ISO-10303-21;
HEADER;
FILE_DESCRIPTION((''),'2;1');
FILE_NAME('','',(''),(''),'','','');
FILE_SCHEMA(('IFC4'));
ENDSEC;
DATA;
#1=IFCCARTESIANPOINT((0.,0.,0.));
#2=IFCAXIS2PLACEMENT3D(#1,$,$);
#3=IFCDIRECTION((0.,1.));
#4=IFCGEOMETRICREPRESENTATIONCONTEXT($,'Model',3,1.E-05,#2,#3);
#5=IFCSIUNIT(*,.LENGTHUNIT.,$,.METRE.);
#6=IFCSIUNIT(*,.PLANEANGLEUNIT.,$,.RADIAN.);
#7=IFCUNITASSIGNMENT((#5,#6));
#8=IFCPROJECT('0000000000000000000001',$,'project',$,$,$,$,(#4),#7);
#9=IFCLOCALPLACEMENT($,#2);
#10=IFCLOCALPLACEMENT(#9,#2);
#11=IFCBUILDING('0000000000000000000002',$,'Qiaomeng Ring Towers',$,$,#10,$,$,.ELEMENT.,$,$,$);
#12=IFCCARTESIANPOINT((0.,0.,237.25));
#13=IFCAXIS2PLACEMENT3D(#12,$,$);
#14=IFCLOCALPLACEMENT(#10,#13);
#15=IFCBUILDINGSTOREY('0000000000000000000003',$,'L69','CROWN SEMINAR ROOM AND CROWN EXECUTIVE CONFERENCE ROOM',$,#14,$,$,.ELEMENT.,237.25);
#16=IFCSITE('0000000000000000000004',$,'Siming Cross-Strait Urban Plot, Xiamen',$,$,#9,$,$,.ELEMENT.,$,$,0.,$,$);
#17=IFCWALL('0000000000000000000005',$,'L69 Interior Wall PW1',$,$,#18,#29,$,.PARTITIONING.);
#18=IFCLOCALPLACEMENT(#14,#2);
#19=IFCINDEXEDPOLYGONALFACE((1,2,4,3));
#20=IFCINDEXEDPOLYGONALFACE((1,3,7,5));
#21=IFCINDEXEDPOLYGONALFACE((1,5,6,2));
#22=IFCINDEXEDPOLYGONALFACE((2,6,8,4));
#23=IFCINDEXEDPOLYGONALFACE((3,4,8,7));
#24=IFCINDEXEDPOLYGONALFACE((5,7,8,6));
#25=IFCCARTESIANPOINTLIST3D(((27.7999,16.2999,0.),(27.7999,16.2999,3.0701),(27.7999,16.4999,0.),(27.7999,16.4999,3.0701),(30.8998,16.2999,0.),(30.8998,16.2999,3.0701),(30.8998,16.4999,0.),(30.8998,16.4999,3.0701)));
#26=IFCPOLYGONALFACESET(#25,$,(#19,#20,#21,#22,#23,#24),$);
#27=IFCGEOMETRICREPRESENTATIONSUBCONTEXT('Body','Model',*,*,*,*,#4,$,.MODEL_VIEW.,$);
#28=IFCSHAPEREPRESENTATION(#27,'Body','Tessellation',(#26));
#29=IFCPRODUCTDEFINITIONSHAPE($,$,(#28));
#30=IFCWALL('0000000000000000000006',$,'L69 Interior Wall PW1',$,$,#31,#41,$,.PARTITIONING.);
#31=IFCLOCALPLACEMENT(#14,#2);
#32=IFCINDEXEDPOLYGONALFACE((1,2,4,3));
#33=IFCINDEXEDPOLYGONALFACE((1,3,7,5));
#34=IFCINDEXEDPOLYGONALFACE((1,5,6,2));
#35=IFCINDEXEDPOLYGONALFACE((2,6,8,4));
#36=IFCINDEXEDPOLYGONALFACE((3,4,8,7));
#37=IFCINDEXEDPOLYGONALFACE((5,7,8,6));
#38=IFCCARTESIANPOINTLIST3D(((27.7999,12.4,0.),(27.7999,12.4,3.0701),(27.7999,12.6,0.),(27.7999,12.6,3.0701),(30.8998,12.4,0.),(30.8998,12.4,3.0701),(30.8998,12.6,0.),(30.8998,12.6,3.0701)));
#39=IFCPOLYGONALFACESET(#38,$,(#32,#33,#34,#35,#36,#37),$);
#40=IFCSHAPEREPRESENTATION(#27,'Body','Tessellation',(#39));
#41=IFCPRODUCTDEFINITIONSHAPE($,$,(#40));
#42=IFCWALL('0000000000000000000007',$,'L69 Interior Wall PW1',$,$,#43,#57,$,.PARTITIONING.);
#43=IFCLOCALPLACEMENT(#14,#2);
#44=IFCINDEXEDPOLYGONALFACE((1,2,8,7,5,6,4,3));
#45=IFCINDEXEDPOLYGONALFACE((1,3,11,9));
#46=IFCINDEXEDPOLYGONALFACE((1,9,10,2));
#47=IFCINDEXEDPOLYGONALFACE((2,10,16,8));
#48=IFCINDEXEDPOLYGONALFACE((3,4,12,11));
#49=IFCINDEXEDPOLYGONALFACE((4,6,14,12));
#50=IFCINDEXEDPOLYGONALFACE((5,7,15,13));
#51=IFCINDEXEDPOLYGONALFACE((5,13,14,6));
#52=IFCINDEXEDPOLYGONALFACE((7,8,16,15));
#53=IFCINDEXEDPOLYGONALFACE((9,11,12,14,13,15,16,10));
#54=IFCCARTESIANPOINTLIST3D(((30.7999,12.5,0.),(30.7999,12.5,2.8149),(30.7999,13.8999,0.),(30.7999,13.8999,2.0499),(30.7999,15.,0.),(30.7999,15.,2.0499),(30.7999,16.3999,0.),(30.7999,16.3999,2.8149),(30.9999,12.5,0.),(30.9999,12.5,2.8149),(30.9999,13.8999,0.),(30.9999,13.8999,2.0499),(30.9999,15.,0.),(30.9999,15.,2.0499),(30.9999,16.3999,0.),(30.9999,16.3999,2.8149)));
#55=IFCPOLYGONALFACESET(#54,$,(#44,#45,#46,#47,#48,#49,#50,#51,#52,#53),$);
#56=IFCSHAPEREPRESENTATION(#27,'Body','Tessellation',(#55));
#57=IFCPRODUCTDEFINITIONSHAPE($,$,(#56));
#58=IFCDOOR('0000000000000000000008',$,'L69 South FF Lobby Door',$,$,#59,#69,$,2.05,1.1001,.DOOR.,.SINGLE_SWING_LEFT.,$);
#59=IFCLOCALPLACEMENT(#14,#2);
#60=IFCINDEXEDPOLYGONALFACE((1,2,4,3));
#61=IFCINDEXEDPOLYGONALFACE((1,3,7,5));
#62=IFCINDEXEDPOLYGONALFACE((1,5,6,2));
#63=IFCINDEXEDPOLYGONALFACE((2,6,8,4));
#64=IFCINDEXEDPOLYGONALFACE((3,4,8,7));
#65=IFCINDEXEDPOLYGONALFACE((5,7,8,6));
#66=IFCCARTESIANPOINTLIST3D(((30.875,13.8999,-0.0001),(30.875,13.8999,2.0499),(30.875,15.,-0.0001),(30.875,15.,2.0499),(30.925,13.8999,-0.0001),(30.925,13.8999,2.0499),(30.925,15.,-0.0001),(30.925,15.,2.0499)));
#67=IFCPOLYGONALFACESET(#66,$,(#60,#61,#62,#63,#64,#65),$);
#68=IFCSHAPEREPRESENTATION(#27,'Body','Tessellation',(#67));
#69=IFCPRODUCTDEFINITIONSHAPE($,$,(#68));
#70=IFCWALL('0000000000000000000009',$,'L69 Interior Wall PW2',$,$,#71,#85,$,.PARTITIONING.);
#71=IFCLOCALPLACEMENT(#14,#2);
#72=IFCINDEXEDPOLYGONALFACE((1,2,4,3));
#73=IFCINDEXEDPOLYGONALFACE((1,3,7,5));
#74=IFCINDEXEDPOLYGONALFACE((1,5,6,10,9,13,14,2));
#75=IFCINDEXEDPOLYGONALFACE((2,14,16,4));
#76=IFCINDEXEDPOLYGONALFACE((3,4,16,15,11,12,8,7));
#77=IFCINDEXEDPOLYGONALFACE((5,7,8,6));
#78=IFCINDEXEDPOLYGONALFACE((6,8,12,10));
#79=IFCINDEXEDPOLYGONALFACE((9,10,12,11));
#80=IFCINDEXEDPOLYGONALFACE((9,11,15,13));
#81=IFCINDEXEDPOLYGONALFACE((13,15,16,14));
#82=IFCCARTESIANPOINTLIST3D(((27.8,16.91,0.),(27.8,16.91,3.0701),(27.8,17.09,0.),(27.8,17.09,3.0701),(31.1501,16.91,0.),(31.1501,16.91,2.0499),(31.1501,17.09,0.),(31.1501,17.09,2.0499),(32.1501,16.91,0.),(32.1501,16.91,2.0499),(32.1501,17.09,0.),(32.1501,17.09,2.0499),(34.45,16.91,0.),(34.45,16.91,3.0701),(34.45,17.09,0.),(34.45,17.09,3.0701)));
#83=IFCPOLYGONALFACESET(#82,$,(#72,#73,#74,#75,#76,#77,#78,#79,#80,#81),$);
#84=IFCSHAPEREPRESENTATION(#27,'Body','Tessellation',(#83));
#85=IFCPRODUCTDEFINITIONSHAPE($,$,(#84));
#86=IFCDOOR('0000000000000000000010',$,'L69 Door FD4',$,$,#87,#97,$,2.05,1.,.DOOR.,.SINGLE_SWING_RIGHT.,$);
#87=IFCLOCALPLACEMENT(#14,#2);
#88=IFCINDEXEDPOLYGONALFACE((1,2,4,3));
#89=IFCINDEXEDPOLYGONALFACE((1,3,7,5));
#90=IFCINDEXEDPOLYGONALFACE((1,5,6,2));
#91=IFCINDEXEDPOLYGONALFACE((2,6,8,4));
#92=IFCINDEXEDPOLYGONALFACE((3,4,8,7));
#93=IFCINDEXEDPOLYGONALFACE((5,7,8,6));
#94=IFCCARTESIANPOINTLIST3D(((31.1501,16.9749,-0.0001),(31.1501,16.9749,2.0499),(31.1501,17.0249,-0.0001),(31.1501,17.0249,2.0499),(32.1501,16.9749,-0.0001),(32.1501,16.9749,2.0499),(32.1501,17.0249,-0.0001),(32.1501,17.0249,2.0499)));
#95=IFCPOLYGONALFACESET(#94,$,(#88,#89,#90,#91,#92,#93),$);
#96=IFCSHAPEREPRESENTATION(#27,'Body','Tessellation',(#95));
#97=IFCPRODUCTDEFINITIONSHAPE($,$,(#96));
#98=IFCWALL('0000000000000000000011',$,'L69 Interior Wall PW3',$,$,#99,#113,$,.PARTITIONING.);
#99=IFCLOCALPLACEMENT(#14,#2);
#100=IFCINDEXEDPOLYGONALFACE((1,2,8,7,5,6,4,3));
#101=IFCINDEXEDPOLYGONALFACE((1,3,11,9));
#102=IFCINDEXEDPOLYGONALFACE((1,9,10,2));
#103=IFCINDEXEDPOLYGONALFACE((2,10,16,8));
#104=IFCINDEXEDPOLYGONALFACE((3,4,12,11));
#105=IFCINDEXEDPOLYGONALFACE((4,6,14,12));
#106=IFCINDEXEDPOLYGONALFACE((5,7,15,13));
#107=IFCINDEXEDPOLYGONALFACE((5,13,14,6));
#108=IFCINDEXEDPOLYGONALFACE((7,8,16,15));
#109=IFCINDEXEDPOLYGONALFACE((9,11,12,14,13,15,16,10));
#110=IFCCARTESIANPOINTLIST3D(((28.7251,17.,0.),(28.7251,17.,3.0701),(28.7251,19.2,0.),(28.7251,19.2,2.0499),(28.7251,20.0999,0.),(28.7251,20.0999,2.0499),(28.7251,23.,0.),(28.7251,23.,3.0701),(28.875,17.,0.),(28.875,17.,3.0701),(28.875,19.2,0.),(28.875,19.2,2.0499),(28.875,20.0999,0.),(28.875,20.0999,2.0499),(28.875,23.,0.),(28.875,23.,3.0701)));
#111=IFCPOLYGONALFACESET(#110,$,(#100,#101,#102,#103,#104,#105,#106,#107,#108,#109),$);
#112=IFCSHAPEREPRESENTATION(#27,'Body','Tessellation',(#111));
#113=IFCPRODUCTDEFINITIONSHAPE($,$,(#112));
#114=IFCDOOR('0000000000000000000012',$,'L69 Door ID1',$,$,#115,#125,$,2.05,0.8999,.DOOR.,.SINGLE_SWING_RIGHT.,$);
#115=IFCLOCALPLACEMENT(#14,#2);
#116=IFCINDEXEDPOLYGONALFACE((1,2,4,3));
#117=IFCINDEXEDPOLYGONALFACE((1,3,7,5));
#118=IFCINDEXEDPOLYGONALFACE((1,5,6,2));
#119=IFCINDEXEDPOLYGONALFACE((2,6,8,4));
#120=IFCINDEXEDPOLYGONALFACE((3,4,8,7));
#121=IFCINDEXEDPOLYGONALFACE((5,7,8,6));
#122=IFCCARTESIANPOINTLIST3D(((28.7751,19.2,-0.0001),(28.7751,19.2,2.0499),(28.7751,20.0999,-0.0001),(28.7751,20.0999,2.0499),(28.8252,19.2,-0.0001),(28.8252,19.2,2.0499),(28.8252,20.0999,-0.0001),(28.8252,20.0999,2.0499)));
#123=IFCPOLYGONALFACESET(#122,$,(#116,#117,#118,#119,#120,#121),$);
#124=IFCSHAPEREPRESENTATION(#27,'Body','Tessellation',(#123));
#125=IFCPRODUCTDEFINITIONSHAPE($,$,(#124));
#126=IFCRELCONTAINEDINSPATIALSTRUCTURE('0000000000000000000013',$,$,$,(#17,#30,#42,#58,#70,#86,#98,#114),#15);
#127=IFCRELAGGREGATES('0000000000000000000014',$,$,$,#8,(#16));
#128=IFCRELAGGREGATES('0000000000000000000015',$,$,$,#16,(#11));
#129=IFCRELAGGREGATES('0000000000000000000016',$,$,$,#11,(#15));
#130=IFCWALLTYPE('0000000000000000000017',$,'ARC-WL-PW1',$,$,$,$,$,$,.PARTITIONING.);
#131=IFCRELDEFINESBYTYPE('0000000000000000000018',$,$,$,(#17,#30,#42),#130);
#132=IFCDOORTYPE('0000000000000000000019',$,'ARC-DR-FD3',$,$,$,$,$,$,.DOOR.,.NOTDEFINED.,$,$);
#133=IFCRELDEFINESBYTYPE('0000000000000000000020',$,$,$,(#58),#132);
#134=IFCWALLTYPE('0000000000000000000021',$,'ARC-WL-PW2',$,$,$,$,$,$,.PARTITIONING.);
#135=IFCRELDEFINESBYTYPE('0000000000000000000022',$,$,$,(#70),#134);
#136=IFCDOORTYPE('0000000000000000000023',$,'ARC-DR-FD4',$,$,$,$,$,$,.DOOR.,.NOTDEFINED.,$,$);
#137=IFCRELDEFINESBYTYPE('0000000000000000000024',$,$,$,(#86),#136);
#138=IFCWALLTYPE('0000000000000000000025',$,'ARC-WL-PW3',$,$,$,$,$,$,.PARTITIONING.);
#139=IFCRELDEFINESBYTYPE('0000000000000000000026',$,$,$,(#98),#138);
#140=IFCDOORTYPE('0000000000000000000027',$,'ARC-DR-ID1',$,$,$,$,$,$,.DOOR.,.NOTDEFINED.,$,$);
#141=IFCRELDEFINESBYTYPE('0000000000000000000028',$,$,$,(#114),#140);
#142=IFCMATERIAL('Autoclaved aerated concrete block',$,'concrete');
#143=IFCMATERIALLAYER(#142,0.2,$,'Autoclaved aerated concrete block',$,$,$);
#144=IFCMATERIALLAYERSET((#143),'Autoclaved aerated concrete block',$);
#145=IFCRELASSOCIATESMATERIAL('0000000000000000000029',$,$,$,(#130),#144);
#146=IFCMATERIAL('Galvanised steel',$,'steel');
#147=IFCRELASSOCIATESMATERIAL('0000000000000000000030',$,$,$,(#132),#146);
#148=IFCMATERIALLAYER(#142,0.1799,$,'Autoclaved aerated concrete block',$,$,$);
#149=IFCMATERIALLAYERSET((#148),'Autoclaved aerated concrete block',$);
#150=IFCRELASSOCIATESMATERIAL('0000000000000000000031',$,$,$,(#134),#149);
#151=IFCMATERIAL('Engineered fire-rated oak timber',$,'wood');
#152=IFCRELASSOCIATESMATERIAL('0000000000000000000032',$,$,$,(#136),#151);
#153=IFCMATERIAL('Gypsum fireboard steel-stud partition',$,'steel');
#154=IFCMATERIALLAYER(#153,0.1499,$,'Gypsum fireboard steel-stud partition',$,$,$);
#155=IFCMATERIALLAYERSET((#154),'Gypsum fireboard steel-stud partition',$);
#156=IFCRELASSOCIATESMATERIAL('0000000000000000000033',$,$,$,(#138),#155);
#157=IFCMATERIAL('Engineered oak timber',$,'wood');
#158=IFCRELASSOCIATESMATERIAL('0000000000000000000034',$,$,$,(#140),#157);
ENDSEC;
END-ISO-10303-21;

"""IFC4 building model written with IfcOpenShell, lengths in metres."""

from ifc_helpers import new_model, si_unit, direction, frame, frame_2d, origin, place, context, subcontext, project, spatial, rectangle, extrude, source, transform, mapped, material, layer, layer_set, type_object, element, fill, save


model = new_model("IFC4")

# Units and contexts
model_context = context("Model", 3, precision=1e-05, world=origin(), true_north=direction((0.0, 1.0)))
body_context = subcontext(model_context, "Body", "Model", "MODEL_VIEW")
ifc_project = project(units=[si_unit("LENGTHUNIT", "METRE"), si_unit("PLANEANGLEUNIT", "RADIAN")], contexts=[model_context])

# Site, building, storey
site_placement = place(None, origin())
site = spatial("IfcSite", under=ifc_project, at=site_placement, Name="Siming Cross-Strait Urban Plot, Xiamen", CompositionType="ELEMENT", RefElevation=0.0)
building_placement = place(site_placement, origin())
building = spatial("IfcBuilding", under=site, at=building_placement, Name="Qiaomeng Ring Towers", CompositionType="ELEMENT")
storey_placement = place(building_placement, frame((0.0, 0.0, 237.25)))
storey = spatial("IfcBuildingStorey", under=building, at=storey_placement, Name="L69", Description="CROWN SEMINAR ROOM AND CROWN EXECUTIVE CONFERENCE ROOM", CompositionType="ELEMENT", Elevation=237.25)

# Walls
ifc_material_1 = material(Name="Autoclaved aerated concrete block", Category="concrete")
ifc_layer_1 = layer(ifc_material_1, 0.2, Name="Autoclaved aerated concrete block")
ifc_layer_set_1 = layer_set([ifc_layer_1], Name="Autoclaved aerated concrete block")
wall_type_1 = type_object("IfcWallType", Name="ARC-WL-PW1", PredefinedType="PARTITIONING", material=ifc_layer_set_1)
for number, where, z_axis, x_axis, name in (
    (1, (27.8, 16.3999, 0.0), (0.0, 0.0, 1.0), (1.0, 0.0, 0.0), "L69 Interior Wall PW1"),
    (2, (27.8, 12.5, 0.0), (0.0, 0.0, 1.0), (1.0, 0.0, 0.0), "L69 Interior Wall PW1"),
):
    element("IfcWall", number, at=place(storey_placement, frame(where, z_axis=z_axis, x_axis=x_axis)), inside=storey, type_object=wall_type_1, Name=name, PredefinedType="PARTITIONING", context=body_context, shape_type="SweptSolid", body=[
        extrude(rectangle(XDim=3.0999, YDim=0.2, at=frame_2d((1.5498, 0.0))), origin(), (0.0, 0.0, 1.0), 3.0701),
    ])

# Walls, openings, doors
wall_1_placement = place(storey_placement, frame((30.8999, 12.5, 0.0), z_axis=(0.0, 0.0, 1.0), x_axis=(0.0, 1.0, 0.0)))
wall_1 = element("IfcWall", 3, at=wall_1_placement, inside=storey, type_object=wall_type_1, Name="L69 Interior Wall PW1", PredefinedType="PARTITIONING", context=body_context, shape_type="SweptSolid", body=[
    extrude(rectangle(XDim=3.8999, YDim=0.2, at=frame_2d((1.95, 0.0))), origin(), (0.0, 0.0, 1.0), 2.8149),
])
opening_1_placement = place(wall_1_placement, frame((1.3999, 0.0, 0.0)))
opening_1 = element("IfcOpeningElement", 4, at=opening_1_placement, cuts=wall_1, PredefinedType="OPENING", context=body_context, shape_type="SweptSolid", body=[
    extrude(rectangle(XDim=1.1001, YDim=2.05, at=frame_2d((0.55, 1.0249))), frame((0.0, 0.1099, 0.0), z_axis=(0.0, -1.0, 0.0), x_axis=(1.0, 0.0, 0.0)), (0.0, 0.0, 1.0), 0.22),
])
ifc_material_2 = material(Name="Galvanised steel", Category="steel")
door_type_1 = type_object("IfcDoorType", Name="ARC-DR-FD3", OperationType="NOTDEFINED", PredefinedType="DOOR", material=ifc_material_2)
shared_shape_1 = source(origin(), body_context, "Body", "SweptSolid", [
    extrude(rectangle(XDim=1.1001, YDim=2.05, at=frame_2d((0.55, 1.0249))), frame((0.0, 0.0249, 0.0), z_axis=(0.0, -1.0, 0.0), x_axis=(1.0, 0.0, 0.0)), (0.0, 0.0, 1.0), 0.05),
])
door_1_placement = place(opening_1_placement, origin())
door_1 = element("IfcDoor", 5, at=door_1_placement, inside=storey, type_object=door_type_1, Name="L69 South FF Lobby Door", OperationType="SINGLE_SWING_LEFT", OverallHeight=2.05, OverallWidth=1.1001, PredefinedType="DOOR", context=body_context, shape_type="MappedRepresentation", body=[
    mapped(shared_shape_1, transform((0.0, 0.0, 0.0), x_axis=(1.0, 0.0, 0.0), y_axis=(0.0, 1.0, 0.0), z_axis=(0.0, 0.0, 1.0), scale=1.0)),
])
fill(opening_1, door_1)
ifc_layer_2 = layer(ifc_material_1, 0.1799, Name="Autoclaved aerated concrete block")
ifc_layer_set_2 = layer_set([ifc_layer_2], Name="Autoclaved aerated concrete block")
wall_type_2 = type_object("IfcWallType", Name="ARC-WL-PW2", PredefinedType="PARTITIONING", material=ifc_layer_set_2)
wall_2_placement = place(storey_placement, frame((27.8, 17.0, 0.0), z_axis=(0.0, 0.0, 1.0), x_axis=(1.0, 0.0, 0.0)))
wall_2 = element("IfcWall", 6, at=wall_2_placement, inside=storey, type_object=wall_type_2, Name="L69 Interior Wall PW2", PredefinedType="PARTITIONING", context=body_context, shape_type="SweptSolid", body=[
    extrude(rectangle(XDim=6.6499, YDim=0.1799, at=frame_2d((3.325, 0.0))), origin(), (0.0, 0.0, 1.0), 3.0701),
])
opening_2_placement = place(wall_2_placement, frame((3.3501, 0.0, 0.0)))
opening_2 = element("IfcOpeningElement", 7, at=opening_2_placement, cuts=wall_2, PredefinedType="OPENING", context=body_context, shape_type="SweptSolid", body=[
    extrude(rectangle(XDim=1.0, YDim=2.05, at=frame_2d((0.5, 1.0249))), frame((0.0, 0.0999, 0.0), z_axis=(0.0, -1.0, 0.0), x_axis=(1.0, 0.0, 0.0)), (0.0, 0.0, 1.0), 0.2),
])
ifc_material_3 = material(Name="Engineered fire-rated oak timber", Category="wood")
door_type_2 = type_object("IfcDoorType", Name="ARC-DR-FD4", OperationType="NOTDEFINED", PredefinedType="DOOR", material=ifc_material_3)
shared_shape_2 = source(origin(), body_context, "Body", "SweptSolid", [
    extrude(rectangle(XDim=1.0, YDim=2.05, at=frame_2d((0.5, 1.0249))), frame((0.0, 0.0249, 0.0), z_axis=(0.0, -1.0, 0.0), x_axis=(1.0, 0.0, 0.0)), (0.0, 0.0, 1.0), 0.05),
])
door_2_placement = place(opening_2_placement, origin())
door_2 = element("IfcDoor", 8, at=door_2_placement, inside=storey, type_object=door_type_2, Name="L69 Door FD4", OperationType="SINGLE_SWING_RIGHT", OverallHeight=2.05, OverallWidth=1.0, PredefinedType="DOOR", context=body_context, shape_type="MappedRepresentation", body=[
    mapped(shared_shape_2, transform((0.0, 0.0, 0.0), x_axis=(1.0, 0.0, 0.0), y_axis=(0.0, 1.0, 0.0), z_axis=(0.0, 0.0, 1.0), scale=1.0)),
])
fill(opening_2, door_2)
ifc_material_4 = material(Name="Gypsum fireboard steel-stud partition", Category="steel")
ifc_layer_3 = layer(ifc_material_4, 0.1499, Name="Gypsum fireboard steel-stud partition")
ifc_layer_set_3 = layer_set([ifc_layer_3], Name="Gypsum fireboard steel-stud partition")
wall_type_3 = type_object("IfcWallType", Name="ARC-WL-PW3", PredefinedType="PARTITIONING", material=ifc_layer_set_3)
wall_3_placement = place(storey_placement, frame((28.8, 17.0, 0.0), z_axis=(0.0, 0.0, 1.0), x_axis=(0.0, 1.0, 0.0)))
wall_3 = element("IfcWall", 9, at=wall_3_placement, inside=storey, type_object=wall_type_3, Name="L69 Interior Wall PW3", PredefinedType="PARTITIONING", context=body_context, shape_type="SweptSolid", body=[
    extrude(rectangle(XDim=6.0, YDim=0.1499, at=frame_2d((3.0, 0.0))), origin(), (0.0, 0.0, 1.0), 3.0701),
])
opening_3_placement = place(wall_3_placement, frame((2.2, 0.0, 0.0)))
opening_3 = element("IfcOpeningElement", 10, at=opening_3_placement, cuts=wall_3, PredefinedType="OPENING", context=body_context, shape_type="SweptSolid", body=[
    extrude(rectangle(XDim=0.8999, YDim=2.05, at=frame_2d((0.45, 1.0249))), frame((0.0, 0.085, 0.0), z_axis=(0.0, -1.0, 0.0), x_axis=(1.0, 0.0, 0.0)), (0.0, 0.0, 1.0), 0.1699),
])
ifc_material_5 = material(Name="Engineered oak timber", Category="wood")
door_type_3 = type_object("IfcDoorType", Name="ARC-DR-ID1", OperationType="NOTDEFINED", PredefinedType="DOOR", material=ifc_material_5)
shared_shape_3 = source(origin(), body_context, "Body", "SweptSolid", [
    extrude(rectangle(XDim=0.8999, YDim=2.05, at=frame_2d((0.45, 1.0249))), frame((0.0, 0.0249, 0.0), z_axis=(0.0, -1.0, 0.0), x_axis=(1.0, 0.0, 0.0)), (0.0, 0.0, 1.0), 0.05),
])
door_3_placement = place(opening_3_placement, origin())
door_3 = element("IfcDoor", 11, at=door_3_placement, inside=storey, type_object=door_type_3, Name="L69 Door ID1", OperationType="SINGLE_SWING_RIGHT", OverallHeight=2.05, OverallWidth=0.8999, PredefinedType="DOOR", context=body_context, shape_type="MappedRepresentation", body=[
    mapped(shared_shape_3, transform((0.0, 0.0, 0.0), x_axis=(1.0, 0.0, 0.0), y_axis=(0.0, 1.0, 0.0), z_axis=(0.0, 0.0, 1.0), scale=1.0)),
])
fill(opening_3, door_3)

save(model, "model.ifc")
